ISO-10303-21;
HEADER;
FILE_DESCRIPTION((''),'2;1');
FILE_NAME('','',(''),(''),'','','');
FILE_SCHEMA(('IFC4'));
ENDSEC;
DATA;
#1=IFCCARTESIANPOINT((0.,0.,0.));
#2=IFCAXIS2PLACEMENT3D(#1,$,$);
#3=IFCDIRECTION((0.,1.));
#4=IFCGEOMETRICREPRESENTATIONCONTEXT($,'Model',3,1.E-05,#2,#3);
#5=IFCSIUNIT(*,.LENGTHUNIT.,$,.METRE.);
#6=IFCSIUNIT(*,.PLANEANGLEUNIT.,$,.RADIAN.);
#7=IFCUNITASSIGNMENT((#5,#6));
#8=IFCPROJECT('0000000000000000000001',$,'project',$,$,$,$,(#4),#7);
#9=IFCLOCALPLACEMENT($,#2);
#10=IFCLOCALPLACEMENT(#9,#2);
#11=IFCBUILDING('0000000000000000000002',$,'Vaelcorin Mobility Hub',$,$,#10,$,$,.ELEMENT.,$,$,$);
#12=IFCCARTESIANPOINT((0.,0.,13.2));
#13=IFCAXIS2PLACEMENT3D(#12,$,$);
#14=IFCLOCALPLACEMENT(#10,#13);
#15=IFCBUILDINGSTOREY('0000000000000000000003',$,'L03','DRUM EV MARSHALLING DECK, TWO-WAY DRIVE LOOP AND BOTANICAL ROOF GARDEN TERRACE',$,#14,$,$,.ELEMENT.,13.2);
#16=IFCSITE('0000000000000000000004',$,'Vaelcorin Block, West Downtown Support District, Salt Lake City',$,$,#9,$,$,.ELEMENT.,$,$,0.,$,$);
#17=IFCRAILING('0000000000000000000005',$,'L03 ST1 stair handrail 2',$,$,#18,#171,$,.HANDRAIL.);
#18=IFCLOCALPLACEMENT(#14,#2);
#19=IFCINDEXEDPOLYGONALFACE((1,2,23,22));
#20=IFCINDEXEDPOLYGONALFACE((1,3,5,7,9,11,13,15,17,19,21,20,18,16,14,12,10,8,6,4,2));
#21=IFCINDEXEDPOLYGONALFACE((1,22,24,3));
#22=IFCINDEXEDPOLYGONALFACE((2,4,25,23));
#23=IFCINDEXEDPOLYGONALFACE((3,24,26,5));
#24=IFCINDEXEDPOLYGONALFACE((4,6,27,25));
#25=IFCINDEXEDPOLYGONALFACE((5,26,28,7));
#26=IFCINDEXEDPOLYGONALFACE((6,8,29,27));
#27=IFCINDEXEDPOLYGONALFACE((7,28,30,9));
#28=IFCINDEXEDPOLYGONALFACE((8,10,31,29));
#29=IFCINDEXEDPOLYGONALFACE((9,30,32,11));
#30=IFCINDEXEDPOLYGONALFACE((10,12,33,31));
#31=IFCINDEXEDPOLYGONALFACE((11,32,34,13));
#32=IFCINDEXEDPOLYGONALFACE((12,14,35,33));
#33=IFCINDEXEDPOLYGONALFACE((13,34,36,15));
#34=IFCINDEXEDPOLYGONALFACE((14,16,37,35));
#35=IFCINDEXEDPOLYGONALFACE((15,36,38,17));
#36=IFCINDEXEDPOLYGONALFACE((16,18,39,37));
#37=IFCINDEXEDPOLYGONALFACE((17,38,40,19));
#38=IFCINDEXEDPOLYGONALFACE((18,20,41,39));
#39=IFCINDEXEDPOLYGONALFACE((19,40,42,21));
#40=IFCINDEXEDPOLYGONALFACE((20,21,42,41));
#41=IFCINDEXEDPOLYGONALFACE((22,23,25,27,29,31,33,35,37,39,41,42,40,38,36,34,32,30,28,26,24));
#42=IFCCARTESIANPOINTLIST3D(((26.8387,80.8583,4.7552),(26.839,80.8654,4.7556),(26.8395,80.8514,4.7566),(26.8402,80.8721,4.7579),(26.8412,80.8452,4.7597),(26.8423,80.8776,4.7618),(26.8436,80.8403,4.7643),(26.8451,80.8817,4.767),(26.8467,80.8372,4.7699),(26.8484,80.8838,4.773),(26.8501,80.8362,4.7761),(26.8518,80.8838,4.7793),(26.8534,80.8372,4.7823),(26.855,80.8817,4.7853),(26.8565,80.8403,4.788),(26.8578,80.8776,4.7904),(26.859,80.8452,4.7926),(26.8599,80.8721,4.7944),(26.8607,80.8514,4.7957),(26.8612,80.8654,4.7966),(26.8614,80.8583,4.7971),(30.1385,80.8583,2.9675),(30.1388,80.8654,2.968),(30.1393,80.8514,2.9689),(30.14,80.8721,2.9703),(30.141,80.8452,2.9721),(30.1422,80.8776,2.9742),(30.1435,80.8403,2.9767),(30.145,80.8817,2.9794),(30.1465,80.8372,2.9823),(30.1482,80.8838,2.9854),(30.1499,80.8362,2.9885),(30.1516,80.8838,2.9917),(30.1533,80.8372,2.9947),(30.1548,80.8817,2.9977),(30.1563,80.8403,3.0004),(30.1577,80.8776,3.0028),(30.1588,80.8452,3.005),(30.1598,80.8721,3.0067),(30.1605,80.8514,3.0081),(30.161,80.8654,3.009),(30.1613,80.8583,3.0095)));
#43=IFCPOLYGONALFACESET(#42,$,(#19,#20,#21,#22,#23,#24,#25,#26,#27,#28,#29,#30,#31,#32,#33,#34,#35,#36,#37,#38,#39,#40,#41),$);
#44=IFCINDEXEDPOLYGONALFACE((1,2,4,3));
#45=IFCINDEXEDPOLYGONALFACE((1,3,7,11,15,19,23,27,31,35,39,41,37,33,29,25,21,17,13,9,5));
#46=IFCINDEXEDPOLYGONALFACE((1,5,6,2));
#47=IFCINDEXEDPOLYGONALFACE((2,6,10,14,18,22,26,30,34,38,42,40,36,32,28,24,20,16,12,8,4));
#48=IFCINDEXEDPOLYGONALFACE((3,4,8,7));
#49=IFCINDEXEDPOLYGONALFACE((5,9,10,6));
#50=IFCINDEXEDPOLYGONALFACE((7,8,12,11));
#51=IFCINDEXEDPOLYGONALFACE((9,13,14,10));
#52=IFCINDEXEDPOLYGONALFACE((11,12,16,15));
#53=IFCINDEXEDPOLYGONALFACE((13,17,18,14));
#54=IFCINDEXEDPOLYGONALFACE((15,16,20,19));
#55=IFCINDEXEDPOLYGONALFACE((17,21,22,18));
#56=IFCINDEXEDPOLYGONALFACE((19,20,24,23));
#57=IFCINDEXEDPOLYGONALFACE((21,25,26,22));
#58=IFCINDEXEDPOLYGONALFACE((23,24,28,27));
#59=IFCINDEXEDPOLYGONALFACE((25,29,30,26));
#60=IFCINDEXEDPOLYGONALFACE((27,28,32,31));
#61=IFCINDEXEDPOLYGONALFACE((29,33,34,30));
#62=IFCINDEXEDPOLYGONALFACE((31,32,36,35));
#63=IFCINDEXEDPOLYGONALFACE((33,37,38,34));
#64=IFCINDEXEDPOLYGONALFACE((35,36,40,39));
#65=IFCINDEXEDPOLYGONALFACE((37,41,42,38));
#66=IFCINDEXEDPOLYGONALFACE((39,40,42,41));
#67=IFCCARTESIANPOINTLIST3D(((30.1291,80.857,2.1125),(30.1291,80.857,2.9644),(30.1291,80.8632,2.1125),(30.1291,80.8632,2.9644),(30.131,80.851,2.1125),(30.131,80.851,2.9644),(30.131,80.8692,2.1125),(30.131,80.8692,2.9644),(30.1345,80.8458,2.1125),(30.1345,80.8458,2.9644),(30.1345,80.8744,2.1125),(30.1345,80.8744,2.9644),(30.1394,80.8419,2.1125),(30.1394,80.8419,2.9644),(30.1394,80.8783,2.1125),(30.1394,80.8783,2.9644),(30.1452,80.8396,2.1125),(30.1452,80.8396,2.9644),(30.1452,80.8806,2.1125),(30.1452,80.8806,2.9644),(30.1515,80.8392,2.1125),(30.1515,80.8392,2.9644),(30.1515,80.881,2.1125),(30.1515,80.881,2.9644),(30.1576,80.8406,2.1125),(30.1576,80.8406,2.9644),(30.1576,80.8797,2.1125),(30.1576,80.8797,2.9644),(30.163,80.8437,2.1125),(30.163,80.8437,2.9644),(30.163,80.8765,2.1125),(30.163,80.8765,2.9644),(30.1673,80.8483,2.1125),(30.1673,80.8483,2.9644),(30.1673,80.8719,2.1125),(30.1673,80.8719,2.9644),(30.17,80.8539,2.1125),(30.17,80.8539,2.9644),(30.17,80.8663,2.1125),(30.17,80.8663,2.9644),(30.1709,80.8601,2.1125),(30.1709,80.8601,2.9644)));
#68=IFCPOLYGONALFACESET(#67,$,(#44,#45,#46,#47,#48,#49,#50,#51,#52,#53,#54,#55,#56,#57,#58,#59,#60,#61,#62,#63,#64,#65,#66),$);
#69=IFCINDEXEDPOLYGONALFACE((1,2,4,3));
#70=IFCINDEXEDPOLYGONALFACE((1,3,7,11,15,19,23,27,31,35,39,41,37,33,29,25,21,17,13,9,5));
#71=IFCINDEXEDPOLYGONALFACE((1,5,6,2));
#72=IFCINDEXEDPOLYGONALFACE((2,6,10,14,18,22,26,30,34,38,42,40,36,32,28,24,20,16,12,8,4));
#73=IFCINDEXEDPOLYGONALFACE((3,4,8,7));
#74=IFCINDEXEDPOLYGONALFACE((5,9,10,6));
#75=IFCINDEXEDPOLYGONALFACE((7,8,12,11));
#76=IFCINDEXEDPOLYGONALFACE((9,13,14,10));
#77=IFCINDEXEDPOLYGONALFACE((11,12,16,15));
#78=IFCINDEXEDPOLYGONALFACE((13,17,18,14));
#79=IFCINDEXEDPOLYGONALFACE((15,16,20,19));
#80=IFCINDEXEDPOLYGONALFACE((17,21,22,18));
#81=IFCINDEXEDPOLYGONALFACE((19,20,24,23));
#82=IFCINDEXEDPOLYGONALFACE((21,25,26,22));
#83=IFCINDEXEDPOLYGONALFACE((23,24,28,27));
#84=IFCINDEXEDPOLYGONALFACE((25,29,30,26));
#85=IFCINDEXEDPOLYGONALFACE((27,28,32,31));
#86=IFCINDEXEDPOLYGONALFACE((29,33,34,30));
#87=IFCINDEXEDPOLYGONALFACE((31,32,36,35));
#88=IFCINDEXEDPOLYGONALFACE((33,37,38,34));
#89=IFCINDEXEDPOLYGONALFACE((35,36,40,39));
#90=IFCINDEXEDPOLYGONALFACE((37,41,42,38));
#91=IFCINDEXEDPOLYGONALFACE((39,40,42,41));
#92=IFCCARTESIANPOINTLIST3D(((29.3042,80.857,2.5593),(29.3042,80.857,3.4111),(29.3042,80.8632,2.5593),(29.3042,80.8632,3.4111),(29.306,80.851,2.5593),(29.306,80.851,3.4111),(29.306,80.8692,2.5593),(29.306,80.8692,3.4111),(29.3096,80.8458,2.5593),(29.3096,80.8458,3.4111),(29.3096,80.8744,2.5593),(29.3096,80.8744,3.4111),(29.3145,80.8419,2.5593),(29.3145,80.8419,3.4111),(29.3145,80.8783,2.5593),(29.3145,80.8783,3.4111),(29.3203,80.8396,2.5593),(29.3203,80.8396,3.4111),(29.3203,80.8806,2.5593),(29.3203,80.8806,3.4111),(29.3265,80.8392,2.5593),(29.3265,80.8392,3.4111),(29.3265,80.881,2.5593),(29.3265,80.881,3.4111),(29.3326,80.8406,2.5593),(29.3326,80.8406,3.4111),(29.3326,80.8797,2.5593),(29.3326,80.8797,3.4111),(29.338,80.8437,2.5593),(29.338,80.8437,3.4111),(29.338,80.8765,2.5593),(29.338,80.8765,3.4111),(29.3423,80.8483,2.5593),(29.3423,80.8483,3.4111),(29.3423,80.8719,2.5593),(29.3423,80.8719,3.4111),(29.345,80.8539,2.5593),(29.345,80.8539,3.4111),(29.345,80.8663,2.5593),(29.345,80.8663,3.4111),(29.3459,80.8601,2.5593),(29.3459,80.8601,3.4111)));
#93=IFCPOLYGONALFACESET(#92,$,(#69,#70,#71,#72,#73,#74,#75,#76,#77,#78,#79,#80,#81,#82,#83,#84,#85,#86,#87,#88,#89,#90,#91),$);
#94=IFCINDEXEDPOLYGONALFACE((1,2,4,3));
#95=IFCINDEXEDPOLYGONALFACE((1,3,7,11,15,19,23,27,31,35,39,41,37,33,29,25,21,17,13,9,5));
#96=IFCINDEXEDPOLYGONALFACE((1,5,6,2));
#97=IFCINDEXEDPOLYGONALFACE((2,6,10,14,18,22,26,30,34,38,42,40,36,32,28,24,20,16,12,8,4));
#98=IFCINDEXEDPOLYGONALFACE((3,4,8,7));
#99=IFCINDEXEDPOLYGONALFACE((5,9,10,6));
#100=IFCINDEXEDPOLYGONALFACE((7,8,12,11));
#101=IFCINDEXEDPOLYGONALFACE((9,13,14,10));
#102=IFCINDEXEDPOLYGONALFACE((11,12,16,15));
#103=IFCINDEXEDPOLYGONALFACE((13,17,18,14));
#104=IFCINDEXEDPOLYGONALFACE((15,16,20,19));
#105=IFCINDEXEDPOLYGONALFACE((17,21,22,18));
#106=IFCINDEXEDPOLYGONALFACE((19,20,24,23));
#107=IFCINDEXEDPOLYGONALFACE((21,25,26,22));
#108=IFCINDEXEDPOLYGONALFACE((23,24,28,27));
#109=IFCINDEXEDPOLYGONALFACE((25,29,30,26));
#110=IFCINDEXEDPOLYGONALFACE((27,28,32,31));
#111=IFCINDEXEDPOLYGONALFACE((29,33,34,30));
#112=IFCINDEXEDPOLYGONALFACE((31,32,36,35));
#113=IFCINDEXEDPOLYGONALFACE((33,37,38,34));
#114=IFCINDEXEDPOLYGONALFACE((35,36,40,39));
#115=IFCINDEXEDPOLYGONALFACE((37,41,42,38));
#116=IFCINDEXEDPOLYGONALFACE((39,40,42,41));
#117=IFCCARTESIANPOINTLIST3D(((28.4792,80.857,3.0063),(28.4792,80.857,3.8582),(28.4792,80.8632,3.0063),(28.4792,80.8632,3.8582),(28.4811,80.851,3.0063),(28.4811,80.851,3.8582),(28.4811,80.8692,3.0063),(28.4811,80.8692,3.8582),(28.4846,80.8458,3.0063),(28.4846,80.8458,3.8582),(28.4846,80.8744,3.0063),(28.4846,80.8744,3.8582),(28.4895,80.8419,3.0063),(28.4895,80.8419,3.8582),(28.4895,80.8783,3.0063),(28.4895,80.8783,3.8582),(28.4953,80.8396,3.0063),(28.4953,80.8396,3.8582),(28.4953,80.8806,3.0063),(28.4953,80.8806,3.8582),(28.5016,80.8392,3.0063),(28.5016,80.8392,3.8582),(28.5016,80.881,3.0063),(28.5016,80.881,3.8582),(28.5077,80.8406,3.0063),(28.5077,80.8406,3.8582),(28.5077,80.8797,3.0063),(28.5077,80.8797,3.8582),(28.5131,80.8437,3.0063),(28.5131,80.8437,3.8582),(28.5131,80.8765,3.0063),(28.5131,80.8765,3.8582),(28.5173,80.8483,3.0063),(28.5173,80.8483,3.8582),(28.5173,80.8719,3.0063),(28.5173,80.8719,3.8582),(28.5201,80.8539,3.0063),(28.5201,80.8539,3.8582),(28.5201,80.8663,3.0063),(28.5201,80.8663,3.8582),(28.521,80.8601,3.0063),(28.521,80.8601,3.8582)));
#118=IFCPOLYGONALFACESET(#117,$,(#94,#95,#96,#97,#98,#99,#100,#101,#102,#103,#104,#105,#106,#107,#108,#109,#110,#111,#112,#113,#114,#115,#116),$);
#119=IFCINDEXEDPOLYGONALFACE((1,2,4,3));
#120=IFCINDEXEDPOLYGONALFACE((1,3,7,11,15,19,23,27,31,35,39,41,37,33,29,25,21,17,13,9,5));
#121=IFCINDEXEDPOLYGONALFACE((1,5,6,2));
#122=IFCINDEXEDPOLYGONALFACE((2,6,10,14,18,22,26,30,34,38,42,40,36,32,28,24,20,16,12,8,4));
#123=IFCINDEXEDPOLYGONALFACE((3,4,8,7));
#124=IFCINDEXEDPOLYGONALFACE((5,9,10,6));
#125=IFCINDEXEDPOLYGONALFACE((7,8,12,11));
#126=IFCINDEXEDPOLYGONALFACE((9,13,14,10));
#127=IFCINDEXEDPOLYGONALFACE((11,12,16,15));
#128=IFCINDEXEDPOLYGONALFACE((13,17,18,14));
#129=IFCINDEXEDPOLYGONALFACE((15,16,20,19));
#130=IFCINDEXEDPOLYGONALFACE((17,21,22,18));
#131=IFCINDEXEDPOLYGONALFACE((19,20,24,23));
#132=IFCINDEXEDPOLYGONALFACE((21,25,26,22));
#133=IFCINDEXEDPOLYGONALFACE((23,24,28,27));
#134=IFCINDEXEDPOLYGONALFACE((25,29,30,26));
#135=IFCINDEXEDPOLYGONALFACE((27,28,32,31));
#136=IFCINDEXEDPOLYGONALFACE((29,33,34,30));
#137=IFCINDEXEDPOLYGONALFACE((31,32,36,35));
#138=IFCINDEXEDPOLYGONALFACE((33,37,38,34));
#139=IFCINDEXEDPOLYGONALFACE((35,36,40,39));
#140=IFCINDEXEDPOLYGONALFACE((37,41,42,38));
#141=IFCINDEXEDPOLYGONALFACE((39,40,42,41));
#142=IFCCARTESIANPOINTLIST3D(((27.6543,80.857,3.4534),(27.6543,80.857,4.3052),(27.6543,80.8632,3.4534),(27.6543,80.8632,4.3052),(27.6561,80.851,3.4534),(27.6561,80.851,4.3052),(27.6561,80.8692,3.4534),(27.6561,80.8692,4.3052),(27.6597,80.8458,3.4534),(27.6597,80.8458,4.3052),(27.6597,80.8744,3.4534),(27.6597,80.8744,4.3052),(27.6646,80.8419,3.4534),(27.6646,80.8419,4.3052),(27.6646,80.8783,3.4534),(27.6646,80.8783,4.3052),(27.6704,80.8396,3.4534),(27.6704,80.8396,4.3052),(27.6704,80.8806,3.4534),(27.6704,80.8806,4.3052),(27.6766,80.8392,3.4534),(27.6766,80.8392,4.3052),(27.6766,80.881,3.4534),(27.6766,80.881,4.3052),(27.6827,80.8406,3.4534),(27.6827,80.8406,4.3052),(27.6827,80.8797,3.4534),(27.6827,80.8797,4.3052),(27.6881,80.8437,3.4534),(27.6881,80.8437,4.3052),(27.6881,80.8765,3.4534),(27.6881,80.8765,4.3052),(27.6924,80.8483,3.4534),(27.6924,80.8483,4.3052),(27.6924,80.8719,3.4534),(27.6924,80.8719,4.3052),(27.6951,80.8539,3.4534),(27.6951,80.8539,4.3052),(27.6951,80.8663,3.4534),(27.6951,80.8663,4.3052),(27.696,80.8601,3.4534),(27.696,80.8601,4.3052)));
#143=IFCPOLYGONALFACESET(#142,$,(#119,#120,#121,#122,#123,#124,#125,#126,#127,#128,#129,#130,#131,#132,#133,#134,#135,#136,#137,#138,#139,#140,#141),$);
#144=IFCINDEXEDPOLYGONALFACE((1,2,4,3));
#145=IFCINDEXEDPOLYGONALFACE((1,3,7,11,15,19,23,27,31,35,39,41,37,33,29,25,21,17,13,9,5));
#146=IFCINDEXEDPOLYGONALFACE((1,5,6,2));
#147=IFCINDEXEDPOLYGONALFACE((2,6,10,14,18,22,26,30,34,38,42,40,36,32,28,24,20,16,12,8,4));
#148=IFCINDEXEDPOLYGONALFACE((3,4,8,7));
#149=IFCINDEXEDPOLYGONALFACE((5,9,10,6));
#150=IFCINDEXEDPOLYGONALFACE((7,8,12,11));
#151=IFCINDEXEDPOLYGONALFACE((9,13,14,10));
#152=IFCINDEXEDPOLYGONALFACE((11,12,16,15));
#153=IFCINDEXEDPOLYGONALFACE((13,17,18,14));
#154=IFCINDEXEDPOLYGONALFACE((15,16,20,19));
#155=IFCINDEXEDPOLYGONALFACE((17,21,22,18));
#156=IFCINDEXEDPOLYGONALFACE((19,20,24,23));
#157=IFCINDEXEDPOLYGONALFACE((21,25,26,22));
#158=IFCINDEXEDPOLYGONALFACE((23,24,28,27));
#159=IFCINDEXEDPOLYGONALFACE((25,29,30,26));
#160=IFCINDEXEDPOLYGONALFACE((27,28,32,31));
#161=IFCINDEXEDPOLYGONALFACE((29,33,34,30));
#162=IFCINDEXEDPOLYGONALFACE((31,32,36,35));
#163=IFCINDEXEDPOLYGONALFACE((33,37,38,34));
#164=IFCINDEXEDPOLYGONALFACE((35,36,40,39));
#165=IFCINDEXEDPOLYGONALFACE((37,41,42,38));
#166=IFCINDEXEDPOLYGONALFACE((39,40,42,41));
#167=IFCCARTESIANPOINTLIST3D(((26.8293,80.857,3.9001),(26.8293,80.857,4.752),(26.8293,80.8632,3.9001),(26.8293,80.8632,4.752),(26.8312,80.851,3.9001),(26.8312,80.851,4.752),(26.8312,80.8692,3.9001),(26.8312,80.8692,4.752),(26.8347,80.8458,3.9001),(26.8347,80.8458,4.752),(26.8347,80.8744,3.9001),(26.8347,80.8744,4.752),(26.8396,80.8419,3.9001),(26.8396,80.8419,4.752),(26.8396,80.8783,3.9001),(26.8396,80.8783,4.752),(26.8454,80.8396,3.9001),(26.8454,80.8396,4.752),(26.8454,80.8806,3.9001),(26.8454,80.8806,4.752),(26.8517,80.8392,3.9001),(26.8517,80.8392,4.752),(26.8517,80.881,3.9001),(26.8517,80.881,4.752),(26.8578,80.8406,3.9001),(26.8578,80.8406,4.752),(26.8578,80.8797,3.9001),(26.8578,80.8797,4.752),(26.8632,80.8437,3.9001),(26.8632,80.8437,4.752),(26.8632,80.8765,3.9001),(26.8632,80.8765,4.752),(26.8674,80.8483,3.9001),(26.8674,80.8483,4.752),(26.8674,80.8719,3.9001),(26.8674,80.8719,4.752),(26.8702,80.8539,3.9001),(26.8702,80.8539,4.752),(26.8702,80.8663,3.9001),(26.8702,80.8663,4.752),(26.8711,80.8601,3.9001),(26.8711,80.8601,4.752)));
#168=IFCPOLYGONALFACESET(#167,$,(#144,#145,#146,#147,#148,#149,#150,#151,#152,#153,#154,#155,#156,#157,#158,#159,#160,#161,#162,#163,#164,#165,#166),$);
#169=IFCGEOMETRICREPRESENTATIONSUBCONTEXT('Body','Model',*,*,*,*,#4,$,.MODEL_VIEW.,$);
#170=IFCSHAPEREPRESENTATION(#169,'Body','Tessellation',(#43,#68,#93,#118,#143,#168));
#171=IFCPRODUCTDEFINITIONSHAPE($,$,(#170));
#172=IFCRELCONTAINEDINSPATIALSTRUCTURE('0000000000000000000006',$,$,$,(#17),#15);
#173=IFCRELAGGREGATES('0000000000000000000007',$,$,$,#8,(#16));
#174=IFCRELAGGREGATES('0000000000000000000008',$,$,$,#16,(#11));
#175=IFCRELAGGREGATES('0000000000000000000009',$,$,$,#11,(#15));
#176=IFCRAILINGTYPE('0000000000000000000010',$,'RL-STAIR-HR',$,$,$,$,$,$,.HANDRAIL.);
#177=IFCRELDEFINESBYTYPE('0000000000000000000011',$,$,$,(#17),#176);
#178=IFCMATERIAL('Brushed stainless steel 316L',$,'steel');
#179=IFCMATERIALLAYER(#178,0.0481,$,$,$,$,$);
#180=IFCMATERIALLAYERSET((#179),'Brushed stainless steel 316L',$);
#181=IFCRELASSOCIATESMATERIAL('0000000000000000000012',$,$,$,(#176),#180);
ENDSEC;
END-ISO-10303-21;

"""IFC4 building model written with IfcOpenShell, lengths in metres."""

from ifc_helpers import new_model, si_unit, direction, frame, origin, origin_2d, place, context, subcontext, project, spatial, circle, extrude, material, layer, layer_set, type_object, element, save


model = new_model("IFC4")

# Units and contexts
model_context = context("Model", 3, precision=1e-05, world=origin(), true_north=direction((0.0, 1.0)))
body_context = subcontext(model_context, "Body", "Model", "MODEL_VIEW")
ifc_project = project(units=[si_unit("LENGTHUNIT", "METRE"), si_unit("PLANEANGLEUNIT", "RADIAN")], contexts=[model_context])

# Site, building, storey
site_placement = place(None, origin())
site = spatial("IfcSite", under=ifc_project, at=site_placement, Name="Vaelcorin Block, West Downtown Support District, Salt Lake City", CompositionType="ELEMENT", RefElevation=0.0)
building_placement = place(site_placement, origin())
building = spatial("IfcBuilding", under=site, at=building_placement, Name="Vaelcorin Mobility Hub", CompositionType="ELEMENT")
storey_placement = place(building_placement, frame((0.0, 0.0, 13.2)))
storey = spatial("IfcBuildingStorey", under=building, at=storey_placement, Name="L03", Description="DRUM EV MARSHALLING DECK, TWO-WAY DRIVE LOOP AND BOTANICAL ROOF GARDEN TERRACE", CompositionType="ELEMENT", Elevation=13.2)

# Railing
ifc_material_1 = material(Name="Brushed stainless steel 316L", Category="steel")
ifc_layer_1 = layer(ifc_material_1, 0.0481)
ifc_layer_set_1 = layer_set([ifc_layer_1], Name="Brushed stainless steel 316L")
railing_type_1 = type_object("IfcRailingType", Name="RL-STAIR-HR", PredefinedType="HANDRAIL", material=ifc_layer_set_1)
railing_1_placement = place(storey_placement, frame((30.1499, 80.8601, 2.1125)))
element("IfcRailing", 1, at=railing_1_placement, inside=storey, type_object=railing_type_1, Name="L03 ST1 stair handrail 2", PredefinedType="HANDRAIL", context=body_context, shape_type="SweptSolid", body=[
    extrude(circle(Radius=0.0239, at=origin_2d()), frame((0.0, 0.0, 0.876), z_axis=(-0.879269, 0.0, 0.476325), x_axis=(0.0, -1.0, 0.0)), (0.0, 0.0, 1.0), 3.7529),
    extrude(circle(Radius=0.021, at=origin_2d()), origin(), (0.0, 0.0, 1.0), 0.8518),
    extrude(circle(Radius=0.021, at=origin_2d()), frame((-0.825, 0.0, 0.4468)), (0.0, 0.0, 1.0), 0.8518),
    extrude(circle(Radius=0.021, at=origin_2d()), frame((-1.6499, 0.0, 0.8938)), (0.0, 0.0, 1.0), 0.8518),
    extrude(circle(Radius=0.021, at=origin_2d()), frame((-2.4749, 0.0, 1.3408)), (0.0, 0.0, 1.0), 0.8518),
    extrude(circle(Radius=0.021, at=origin_2d()), frame((-3.2998, 0.0, 1.7876)), (0.0, 0.0, 1.0), 0.8518),
])

save(model, "model.ifc")
